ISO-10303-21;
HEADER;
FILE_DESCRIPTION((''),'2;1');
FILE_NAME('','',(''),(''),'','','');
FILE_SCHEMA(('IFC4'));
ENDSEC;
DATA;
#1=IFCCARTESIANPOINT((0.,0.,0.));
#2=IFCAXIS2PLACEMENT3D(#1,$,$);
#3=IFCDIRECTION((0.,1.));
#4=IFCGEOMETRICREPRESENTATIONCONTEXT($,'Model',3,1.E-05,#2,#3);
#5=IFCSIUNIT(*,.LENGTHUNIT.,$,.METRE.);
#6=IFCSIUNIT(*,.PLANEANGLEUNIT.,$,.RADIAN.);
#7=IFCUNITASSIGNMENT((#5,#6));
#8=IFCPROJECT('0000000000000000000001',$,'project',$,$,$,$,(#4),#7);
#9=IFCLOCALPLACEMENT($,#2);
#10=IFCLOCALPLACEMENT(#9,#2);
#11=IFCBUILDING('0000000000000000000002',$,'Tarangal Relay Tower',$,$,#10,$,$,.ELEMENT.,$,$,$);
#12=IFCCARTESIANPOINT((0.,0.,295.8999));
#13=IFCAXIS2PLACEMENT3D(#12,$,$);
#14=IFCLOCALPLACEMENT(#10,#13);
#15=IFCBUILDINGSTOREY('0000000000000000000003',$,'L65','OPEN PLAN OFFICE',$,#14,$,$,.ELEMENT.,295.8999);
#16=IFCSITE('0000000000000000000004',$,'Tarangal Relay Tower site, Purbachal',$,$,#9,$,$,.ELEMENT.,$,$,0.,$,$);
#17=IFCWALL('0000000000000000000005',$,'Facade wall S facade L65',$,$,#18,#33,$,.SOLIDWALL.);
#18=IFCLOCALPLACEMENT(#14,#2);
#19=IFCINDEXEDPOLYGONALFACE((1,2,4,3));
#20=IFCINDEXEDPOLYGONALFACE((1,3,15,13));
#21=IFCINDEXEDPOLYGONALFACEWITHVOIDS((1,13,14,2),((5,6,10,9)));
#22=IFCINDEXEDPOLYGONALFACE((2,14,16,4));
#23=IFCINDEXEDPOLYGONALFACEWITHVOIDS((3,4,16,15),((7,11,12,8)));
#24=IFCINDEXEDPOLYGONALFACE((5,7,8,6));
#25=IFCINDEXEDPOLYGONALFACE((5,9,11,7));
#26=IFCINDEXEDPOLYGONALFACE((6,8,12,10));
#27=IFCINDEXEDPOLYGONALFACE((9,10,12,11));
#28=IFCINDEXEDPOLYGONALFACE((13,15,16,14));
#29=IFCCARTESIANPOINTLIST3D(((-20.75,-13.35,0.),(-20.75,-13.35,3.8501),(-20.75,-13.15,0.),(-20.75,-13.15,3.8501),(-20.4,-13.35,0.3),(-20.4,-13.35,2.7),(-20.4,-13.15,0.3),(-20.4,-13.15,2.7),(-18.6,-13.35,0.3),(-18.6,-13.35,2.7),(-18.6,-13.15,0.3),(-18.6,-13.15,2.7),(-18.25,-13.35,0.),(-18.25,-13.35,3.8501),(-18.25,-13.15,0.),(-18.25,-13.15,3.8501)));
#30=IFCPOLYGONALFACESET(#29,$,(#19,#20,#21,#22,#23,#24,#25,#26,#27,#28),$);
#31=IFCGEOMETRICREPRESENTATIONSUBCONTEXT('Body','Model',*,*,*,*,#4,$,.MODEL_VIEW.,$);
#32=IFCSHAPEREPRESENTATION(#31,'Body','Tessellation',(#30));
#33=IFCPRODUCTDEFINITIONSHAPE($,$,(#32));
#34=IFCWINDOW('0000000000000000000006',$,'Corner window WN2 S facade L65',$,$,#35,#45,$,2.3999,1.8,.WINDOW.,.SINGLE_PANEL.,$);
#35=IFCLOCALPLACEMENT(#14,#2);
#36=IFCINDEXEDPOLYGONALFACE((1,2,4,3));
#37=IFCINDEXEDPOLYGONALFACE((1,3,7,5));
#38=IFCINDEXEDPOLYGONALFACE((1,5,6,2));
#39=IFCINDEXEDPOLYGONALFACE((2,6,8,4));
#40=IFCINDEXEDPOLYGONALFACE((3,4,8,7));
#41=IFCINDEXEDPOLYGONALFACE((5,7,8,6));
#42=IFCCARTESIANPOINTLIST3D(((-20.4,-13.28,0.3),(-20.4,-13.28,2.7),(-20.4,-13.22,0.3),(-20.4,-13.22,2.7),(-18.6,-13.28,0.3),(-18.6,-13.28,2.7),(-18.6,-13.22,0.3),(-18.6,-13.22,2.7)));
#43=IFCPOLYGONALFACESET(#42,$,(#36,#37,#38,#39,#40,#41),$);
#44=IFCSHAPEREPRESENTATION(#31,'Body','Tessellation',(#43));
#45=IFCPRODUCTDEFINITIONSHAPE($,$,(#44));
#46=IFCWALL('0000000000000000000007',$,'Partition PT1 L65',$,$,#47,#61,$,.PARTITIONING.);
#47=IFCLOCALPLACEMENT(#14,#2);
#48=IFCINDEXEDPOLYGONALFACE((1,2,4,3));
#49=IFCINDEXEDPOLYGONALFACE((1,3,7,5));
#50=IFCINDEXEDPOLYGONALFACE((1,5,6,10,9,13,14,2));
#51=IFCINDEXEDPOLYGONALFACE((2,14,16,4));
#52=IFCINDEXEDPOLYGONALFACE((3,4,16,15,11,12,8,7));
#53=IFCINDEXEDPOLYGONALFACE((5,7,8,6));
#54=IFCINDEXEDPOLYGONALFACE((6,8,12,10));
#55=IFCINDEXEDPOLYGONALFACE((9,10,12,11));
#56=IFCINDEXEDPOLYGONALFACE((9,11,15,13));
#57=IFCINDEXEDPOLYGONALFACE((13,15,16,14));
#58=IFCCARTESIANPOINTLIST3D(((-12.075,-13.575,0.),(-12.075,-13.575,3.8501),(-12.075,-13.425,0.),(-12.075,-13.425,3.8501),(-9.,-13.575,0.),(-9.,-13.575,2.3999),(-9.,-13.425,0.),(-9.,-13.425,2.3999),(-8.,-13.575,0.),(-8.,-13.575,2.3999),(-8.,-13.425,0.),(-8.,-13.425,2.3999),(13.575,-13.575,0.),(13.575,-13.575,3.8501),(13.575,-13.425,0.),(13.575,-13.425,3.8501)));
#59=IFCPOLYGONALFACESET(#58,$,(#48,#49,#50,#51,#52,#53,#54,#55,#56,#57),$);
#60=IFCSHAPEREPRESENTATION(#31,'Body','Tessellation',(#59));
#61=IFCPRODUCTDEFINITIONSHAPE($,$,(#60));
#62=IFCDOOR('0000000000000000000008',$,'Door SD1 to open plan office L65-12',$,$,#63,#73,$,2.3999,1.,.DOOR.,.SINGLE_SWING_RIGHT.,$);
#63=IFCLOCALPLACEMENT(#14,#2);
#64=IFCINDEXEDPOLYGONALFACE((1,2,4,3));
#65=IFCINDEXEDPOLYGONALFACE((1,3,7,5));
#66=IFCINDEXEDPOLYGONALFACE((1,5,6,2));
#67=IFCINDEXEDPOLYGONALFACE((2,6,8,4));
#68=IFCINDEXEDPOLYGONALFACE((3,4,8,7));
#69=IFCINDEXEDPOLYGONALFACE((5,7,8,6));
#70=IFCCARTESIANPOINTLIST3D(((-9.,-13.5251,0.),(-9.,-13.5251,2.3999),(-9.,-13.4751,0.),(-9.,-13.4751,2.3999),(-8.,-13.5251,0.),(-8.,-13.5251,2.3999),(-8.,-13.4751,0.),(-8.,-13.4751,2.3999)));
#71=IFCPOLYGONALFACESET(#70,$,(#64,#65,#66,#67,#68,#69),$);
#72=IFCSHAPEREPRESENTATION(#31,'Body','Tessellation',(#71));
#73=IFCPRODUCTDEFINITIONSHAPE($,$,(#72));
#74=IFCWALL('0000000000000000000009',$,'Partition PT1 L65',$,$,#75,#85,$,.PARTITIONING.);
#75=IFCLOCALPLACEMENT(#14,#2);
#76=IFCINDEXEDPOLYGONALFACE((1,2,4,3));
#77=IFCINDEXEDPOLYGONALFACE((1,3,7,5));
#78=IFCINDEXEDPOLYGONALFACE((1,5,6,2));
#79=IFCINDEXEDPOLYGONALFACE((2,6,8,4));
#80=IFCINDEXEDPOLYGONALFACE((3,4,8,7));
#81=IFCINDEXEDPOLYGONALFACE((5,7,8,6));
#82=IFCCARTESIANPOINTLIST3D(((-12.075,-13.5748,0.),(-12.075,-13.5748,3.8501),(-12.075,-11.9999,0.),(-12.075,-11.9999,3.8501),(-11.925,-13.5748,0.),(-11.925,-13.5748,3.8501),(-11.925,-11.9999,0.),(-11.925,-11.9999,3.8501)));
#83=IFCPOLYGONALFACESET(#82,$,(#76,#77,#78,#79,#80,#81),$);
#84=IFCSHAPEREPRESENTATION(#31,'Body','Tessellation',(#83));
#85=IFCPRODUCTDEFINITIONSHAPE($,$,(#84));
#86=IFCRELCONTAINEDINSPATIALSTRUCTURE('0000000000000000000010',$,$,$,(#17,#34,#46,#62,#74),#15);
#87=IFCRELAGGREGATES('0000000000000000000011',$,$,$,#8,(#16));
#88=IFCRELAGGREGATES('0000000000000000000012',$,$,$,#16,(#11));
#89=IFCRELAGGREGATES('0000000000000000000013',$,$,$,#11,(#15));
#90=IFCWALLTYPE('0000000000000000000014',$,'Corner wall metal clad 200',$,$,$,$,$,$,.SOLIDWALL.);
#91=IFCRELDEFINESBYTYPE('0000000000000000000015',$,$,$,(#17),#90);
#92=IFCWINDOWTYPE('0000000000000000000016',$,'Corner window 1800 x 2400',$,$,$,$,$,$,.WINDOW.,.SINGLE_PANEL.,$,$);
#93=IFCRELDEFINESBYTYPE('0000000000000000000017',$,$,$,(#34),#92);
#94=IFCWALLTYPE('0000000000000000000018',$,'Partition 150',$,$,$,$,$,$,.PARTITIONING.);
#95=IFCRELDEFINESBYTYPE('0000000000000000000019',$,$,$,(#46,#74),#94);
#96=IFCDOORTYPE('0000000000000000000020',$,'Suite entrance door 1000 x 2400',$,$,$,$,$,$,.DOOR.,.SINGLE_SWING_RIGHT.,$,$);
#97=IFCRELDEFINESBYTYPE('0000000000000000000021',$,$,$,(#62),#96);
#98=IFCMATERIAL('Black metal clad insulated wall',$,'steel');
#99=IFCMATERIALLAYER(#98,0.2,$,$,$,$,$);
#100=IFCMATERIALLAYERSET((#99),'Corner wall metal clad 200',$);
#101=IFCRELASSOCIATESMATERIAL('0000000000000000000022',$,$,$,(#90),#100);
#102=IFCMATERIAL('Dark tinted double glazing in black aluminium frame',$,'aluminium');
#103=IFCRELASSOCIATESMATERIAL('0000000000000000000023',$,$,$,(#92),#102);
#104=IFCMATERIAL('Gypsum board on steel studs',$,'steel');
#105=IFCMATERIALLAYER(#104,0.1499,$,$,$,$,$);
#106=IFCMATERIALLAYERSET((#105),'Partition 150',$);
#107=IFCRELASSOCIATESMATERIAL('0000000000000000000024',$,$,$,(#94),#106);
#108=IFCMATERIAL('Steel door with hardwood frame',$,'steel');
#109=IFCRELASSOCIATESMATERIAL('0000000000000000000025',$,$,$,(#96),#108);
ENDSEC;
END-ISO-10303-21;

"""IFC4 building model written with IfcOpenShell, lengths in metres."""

from ifc_helpers import new_model, si_unit, direction, frame, frame_2d, origin, place, context, subcontext, project, spatial, rectangle, extrude, material, layer, layer_set, type_object, element, fill, save


model = new_model("IFC4")

# Units and contexts
model_context = context("Model", 3, precision=1e-05, world=origin(), true_north=direction((0.0, 1.0)))
body_context = subcontext(model_context, "Body", "Model", "MODEL_VIEW")
ifc_project = project(units=[si_unit("LENGTHUNIT", "METRE"), si_unit("PLANEANGLEUNIT", "RADIAN")], contexts=[model_context])

# Site, building, storey
site_placement = place(None, origin())
site = spatial("IfcSite", under=ifc_project, at=site_placement, Name="Tarangal Relay Tower site, Purbachal", CompositionType="ELEMENT", RefElevation=0.0)
building_placement = place(site_placement, origin())
building = spatial("IfcBuilding", under=site, at=building_placement, Name="Tarangal Relay Tower", CompositionType="ELEMENT")
storey_placement = place(building_placement, frame((0.0, 0.0, 295.8999)))
storey = spatial("IfcBuildingStorey", under=building, at=storey_placement, Name="L65", Description="OPEN PLAN OFFICE", CompositionType="ELEMENT", Elevation=295.8999)

# Shared definitions
ifc_material_1 = material(Name="Black metal clad insulated wall", Category="steel")
ifc_layer_1 = layer(ifc_material_1, 0.2)
ifc_layer_set_1 = layer_set([ifc_layer_1], Name="Corner wall metal clad 200")
wall_type_1 = type_object("IfcWallType", Name="Corner wall metal clad 200", PredefinedType="SOLIDWALL", material=ifc_layer_set_1)

# Shared definitions
ifc_material_2 = material(Name="Dark tinted double glazing in black aluminium frame", Category="aluminium")
window_type = type_object("IfcWindowType", Name="Corner window 1800 x 2400", PartitioningType="SINGLE_PANEL", PredefinedType="WINDOW", material=ifc_material_2)

# Wall, opening, window
wall_1_placement = place(storey_placement, frame((-18.25, -13.25, 0.0), z_axis=(0.0, 0.0, 1.0), x_axis=(-1.0, 0.0, 0.0)))
wall_1 = element("IfcWall", 1, at=wall_1_placement, inside=storey, type_object=wall_type_1, Name="Facade wall S facade L65", PredefinedType="SOLIDWALL", context=body_context, shape_type="SweptSolid", body=[
    extrude(rectangle(XDim=2.5, YDim=0.2, at=frame_2d((1.25, 0.0))), origin(), (0.0, 0.0, 1.0), 3.8501),
])
opening_1_placement = place(wall_1_placement, frame((0.3501, 0.0, 0.3)))
opening_1 = element("IfcOpeningElement", 2, at=opening_1_placement, cuts=wall_1, PredefinedType="OPENING", context=body_context, shape_type="SweptSolid", body=[
    extrude(rectangle(XDim=1.8, YDim=2.3999, at=frame_2d((0.8999, 1.2))), frame((0.0, 0.1099, 0.0), z_axis=(0.0, -1.0, 0.0), x_axis=(1.0, 0.0, 0.0)), (0.0, 0.0, 1.0), 0.22),
])
window_1_placement = place(opening_1_placement, origin())
window_1 = element("IfcWindow", 3, at=window_1_placement, inside=storey, type_object=window_type, Name="Corner window WN2 S facade L65", OverallHeight=2.3999, OverallWidth=1.8, PartitioningType="SINGLE_PANEL", PredefinedType="WINDOW", context=body_context, shape_type="SweptSolid", body=[
    extrude(rectangle(XDim=1.8, YDim=2.3999, at=frame_2d((0.8999, 1.2))), frame((0.0, 0.03, 0.0), z_axis=(0.0, -1.0, 0.0), x_axis=(1.0, 0.0, 0.0)), (0.0, 0.0, 1.0), 0.0601),
])
fill(opening_1, window_1)

# Wall, opening, door
ifc_material_3 = material(Name="Gypsum board on steel studs", Category="steel")
ifc_layer_2 = layer(ifc_material_3, 0.1499)
ifc_layer_set_2 = layer_set([ifc_layer_2], Name="Partition 150")
wall_type_2 = type_object("IfcWallType", Name="Partition 150", PredefinedType="PARTITIONING", material=ifc_layer_set_2)
wall_2_placement = place(storey_placement, frame((-12.075, -13.5, 0.0), z_axis=(0.0, 0.0, 1.0), x_axis=(1.0, 0.0, 0.0)))
wall_2 = element("IfcWall", 4, at=wall_2_placement, inside=storey, type_object=wall_type_2, Name="Partition PT1 L65", PredefinedType="PARTITIONING", context=body_context, shape_type="SweptSolid", body=[
    extrude(rectangle(XDim=25.6499, YDim=0.1499, at=frame_2d((12.825, 0.0))), origin(), (0.0, 0.0, 1.0), 3.8501),
])
opening_2_placement = place(wall_2_placement, frame((3.075, 0.0, 0.0)))
opening_2 = element("IfcOpeningElement", 5, at=opening_2_placement, cuts=wall_2, PredefinedType="OPENING", context=body_context, shape_type="SweptSolid", body=[
    extrude(rectangle(XDim=1.0, YDim=2.3999, at=frame_2d((0.5, 1.2))), frame((0.0, 0.085, 0.0), z_axis=(0.0, -1.0, 0.0), x_axis=(1.0, 0.0, 0.0)), (0.0, 0.0, 1.0), 0.1699),
])
ifc_material_4 = material(Name="Steel door with hardwood frame", Category="steel")
door_type_1 = type_object("IfcDoorType", Name="Suite entrance door 1000 x 2400", OperationType="SINGLE_SWING_RIGHT", PredefinedType="DOOR", material=ifc_material_4)
door_1_placement = place(opening_2_placement, origin())
door_1 = element("IfcDoor", 6, at=door_1_placement, inside=storey, type_object=door_type_1, Name="Door SD1 to open plan office L65-12", OperationType="SINGLE_SWING_RIGHT", OverallHeight=2.3999, OverallWidth=1.0, PredefinedType="DOOR", context=body_context, shape_type="SweptSolid", body=[
    extrude(rectangle(XDim=1.0, YDim=2.3999, at=frame_2d((0.5, 1.2))), frame((0.0, 0.0249, 0.0), z_axis=(0.0, -1.0, 0.0), x_axis=(1.0, 0.0, 0.0)), (0.0, 0.0, 1.0), 0.05),
])
fill(opening_2, door_1)

# Wall
wall_3_placement = place(storey_placement, frame((-12.0, -13.575, 0.0), z_axis=(0.0, 0.0, 1.0), x_axis=(0.0, 1.0, 0.0)))
element("IfcWall", 7, at=wall_3_placement, inside=storey, type_object=wall_type_2, Name="Partition PT1 L65", PredefinedType="PARTITIONING", context=body_context, shape_type="SweptSolid", body=[
    extrude(rectangle(XDim=1.575, YDim=0.1499, at=frame_2d((0.7876, 0.0))), origin(), (0.0, 0.0, 1.0), 3.8501),
])

save(model, "model.ifc")
